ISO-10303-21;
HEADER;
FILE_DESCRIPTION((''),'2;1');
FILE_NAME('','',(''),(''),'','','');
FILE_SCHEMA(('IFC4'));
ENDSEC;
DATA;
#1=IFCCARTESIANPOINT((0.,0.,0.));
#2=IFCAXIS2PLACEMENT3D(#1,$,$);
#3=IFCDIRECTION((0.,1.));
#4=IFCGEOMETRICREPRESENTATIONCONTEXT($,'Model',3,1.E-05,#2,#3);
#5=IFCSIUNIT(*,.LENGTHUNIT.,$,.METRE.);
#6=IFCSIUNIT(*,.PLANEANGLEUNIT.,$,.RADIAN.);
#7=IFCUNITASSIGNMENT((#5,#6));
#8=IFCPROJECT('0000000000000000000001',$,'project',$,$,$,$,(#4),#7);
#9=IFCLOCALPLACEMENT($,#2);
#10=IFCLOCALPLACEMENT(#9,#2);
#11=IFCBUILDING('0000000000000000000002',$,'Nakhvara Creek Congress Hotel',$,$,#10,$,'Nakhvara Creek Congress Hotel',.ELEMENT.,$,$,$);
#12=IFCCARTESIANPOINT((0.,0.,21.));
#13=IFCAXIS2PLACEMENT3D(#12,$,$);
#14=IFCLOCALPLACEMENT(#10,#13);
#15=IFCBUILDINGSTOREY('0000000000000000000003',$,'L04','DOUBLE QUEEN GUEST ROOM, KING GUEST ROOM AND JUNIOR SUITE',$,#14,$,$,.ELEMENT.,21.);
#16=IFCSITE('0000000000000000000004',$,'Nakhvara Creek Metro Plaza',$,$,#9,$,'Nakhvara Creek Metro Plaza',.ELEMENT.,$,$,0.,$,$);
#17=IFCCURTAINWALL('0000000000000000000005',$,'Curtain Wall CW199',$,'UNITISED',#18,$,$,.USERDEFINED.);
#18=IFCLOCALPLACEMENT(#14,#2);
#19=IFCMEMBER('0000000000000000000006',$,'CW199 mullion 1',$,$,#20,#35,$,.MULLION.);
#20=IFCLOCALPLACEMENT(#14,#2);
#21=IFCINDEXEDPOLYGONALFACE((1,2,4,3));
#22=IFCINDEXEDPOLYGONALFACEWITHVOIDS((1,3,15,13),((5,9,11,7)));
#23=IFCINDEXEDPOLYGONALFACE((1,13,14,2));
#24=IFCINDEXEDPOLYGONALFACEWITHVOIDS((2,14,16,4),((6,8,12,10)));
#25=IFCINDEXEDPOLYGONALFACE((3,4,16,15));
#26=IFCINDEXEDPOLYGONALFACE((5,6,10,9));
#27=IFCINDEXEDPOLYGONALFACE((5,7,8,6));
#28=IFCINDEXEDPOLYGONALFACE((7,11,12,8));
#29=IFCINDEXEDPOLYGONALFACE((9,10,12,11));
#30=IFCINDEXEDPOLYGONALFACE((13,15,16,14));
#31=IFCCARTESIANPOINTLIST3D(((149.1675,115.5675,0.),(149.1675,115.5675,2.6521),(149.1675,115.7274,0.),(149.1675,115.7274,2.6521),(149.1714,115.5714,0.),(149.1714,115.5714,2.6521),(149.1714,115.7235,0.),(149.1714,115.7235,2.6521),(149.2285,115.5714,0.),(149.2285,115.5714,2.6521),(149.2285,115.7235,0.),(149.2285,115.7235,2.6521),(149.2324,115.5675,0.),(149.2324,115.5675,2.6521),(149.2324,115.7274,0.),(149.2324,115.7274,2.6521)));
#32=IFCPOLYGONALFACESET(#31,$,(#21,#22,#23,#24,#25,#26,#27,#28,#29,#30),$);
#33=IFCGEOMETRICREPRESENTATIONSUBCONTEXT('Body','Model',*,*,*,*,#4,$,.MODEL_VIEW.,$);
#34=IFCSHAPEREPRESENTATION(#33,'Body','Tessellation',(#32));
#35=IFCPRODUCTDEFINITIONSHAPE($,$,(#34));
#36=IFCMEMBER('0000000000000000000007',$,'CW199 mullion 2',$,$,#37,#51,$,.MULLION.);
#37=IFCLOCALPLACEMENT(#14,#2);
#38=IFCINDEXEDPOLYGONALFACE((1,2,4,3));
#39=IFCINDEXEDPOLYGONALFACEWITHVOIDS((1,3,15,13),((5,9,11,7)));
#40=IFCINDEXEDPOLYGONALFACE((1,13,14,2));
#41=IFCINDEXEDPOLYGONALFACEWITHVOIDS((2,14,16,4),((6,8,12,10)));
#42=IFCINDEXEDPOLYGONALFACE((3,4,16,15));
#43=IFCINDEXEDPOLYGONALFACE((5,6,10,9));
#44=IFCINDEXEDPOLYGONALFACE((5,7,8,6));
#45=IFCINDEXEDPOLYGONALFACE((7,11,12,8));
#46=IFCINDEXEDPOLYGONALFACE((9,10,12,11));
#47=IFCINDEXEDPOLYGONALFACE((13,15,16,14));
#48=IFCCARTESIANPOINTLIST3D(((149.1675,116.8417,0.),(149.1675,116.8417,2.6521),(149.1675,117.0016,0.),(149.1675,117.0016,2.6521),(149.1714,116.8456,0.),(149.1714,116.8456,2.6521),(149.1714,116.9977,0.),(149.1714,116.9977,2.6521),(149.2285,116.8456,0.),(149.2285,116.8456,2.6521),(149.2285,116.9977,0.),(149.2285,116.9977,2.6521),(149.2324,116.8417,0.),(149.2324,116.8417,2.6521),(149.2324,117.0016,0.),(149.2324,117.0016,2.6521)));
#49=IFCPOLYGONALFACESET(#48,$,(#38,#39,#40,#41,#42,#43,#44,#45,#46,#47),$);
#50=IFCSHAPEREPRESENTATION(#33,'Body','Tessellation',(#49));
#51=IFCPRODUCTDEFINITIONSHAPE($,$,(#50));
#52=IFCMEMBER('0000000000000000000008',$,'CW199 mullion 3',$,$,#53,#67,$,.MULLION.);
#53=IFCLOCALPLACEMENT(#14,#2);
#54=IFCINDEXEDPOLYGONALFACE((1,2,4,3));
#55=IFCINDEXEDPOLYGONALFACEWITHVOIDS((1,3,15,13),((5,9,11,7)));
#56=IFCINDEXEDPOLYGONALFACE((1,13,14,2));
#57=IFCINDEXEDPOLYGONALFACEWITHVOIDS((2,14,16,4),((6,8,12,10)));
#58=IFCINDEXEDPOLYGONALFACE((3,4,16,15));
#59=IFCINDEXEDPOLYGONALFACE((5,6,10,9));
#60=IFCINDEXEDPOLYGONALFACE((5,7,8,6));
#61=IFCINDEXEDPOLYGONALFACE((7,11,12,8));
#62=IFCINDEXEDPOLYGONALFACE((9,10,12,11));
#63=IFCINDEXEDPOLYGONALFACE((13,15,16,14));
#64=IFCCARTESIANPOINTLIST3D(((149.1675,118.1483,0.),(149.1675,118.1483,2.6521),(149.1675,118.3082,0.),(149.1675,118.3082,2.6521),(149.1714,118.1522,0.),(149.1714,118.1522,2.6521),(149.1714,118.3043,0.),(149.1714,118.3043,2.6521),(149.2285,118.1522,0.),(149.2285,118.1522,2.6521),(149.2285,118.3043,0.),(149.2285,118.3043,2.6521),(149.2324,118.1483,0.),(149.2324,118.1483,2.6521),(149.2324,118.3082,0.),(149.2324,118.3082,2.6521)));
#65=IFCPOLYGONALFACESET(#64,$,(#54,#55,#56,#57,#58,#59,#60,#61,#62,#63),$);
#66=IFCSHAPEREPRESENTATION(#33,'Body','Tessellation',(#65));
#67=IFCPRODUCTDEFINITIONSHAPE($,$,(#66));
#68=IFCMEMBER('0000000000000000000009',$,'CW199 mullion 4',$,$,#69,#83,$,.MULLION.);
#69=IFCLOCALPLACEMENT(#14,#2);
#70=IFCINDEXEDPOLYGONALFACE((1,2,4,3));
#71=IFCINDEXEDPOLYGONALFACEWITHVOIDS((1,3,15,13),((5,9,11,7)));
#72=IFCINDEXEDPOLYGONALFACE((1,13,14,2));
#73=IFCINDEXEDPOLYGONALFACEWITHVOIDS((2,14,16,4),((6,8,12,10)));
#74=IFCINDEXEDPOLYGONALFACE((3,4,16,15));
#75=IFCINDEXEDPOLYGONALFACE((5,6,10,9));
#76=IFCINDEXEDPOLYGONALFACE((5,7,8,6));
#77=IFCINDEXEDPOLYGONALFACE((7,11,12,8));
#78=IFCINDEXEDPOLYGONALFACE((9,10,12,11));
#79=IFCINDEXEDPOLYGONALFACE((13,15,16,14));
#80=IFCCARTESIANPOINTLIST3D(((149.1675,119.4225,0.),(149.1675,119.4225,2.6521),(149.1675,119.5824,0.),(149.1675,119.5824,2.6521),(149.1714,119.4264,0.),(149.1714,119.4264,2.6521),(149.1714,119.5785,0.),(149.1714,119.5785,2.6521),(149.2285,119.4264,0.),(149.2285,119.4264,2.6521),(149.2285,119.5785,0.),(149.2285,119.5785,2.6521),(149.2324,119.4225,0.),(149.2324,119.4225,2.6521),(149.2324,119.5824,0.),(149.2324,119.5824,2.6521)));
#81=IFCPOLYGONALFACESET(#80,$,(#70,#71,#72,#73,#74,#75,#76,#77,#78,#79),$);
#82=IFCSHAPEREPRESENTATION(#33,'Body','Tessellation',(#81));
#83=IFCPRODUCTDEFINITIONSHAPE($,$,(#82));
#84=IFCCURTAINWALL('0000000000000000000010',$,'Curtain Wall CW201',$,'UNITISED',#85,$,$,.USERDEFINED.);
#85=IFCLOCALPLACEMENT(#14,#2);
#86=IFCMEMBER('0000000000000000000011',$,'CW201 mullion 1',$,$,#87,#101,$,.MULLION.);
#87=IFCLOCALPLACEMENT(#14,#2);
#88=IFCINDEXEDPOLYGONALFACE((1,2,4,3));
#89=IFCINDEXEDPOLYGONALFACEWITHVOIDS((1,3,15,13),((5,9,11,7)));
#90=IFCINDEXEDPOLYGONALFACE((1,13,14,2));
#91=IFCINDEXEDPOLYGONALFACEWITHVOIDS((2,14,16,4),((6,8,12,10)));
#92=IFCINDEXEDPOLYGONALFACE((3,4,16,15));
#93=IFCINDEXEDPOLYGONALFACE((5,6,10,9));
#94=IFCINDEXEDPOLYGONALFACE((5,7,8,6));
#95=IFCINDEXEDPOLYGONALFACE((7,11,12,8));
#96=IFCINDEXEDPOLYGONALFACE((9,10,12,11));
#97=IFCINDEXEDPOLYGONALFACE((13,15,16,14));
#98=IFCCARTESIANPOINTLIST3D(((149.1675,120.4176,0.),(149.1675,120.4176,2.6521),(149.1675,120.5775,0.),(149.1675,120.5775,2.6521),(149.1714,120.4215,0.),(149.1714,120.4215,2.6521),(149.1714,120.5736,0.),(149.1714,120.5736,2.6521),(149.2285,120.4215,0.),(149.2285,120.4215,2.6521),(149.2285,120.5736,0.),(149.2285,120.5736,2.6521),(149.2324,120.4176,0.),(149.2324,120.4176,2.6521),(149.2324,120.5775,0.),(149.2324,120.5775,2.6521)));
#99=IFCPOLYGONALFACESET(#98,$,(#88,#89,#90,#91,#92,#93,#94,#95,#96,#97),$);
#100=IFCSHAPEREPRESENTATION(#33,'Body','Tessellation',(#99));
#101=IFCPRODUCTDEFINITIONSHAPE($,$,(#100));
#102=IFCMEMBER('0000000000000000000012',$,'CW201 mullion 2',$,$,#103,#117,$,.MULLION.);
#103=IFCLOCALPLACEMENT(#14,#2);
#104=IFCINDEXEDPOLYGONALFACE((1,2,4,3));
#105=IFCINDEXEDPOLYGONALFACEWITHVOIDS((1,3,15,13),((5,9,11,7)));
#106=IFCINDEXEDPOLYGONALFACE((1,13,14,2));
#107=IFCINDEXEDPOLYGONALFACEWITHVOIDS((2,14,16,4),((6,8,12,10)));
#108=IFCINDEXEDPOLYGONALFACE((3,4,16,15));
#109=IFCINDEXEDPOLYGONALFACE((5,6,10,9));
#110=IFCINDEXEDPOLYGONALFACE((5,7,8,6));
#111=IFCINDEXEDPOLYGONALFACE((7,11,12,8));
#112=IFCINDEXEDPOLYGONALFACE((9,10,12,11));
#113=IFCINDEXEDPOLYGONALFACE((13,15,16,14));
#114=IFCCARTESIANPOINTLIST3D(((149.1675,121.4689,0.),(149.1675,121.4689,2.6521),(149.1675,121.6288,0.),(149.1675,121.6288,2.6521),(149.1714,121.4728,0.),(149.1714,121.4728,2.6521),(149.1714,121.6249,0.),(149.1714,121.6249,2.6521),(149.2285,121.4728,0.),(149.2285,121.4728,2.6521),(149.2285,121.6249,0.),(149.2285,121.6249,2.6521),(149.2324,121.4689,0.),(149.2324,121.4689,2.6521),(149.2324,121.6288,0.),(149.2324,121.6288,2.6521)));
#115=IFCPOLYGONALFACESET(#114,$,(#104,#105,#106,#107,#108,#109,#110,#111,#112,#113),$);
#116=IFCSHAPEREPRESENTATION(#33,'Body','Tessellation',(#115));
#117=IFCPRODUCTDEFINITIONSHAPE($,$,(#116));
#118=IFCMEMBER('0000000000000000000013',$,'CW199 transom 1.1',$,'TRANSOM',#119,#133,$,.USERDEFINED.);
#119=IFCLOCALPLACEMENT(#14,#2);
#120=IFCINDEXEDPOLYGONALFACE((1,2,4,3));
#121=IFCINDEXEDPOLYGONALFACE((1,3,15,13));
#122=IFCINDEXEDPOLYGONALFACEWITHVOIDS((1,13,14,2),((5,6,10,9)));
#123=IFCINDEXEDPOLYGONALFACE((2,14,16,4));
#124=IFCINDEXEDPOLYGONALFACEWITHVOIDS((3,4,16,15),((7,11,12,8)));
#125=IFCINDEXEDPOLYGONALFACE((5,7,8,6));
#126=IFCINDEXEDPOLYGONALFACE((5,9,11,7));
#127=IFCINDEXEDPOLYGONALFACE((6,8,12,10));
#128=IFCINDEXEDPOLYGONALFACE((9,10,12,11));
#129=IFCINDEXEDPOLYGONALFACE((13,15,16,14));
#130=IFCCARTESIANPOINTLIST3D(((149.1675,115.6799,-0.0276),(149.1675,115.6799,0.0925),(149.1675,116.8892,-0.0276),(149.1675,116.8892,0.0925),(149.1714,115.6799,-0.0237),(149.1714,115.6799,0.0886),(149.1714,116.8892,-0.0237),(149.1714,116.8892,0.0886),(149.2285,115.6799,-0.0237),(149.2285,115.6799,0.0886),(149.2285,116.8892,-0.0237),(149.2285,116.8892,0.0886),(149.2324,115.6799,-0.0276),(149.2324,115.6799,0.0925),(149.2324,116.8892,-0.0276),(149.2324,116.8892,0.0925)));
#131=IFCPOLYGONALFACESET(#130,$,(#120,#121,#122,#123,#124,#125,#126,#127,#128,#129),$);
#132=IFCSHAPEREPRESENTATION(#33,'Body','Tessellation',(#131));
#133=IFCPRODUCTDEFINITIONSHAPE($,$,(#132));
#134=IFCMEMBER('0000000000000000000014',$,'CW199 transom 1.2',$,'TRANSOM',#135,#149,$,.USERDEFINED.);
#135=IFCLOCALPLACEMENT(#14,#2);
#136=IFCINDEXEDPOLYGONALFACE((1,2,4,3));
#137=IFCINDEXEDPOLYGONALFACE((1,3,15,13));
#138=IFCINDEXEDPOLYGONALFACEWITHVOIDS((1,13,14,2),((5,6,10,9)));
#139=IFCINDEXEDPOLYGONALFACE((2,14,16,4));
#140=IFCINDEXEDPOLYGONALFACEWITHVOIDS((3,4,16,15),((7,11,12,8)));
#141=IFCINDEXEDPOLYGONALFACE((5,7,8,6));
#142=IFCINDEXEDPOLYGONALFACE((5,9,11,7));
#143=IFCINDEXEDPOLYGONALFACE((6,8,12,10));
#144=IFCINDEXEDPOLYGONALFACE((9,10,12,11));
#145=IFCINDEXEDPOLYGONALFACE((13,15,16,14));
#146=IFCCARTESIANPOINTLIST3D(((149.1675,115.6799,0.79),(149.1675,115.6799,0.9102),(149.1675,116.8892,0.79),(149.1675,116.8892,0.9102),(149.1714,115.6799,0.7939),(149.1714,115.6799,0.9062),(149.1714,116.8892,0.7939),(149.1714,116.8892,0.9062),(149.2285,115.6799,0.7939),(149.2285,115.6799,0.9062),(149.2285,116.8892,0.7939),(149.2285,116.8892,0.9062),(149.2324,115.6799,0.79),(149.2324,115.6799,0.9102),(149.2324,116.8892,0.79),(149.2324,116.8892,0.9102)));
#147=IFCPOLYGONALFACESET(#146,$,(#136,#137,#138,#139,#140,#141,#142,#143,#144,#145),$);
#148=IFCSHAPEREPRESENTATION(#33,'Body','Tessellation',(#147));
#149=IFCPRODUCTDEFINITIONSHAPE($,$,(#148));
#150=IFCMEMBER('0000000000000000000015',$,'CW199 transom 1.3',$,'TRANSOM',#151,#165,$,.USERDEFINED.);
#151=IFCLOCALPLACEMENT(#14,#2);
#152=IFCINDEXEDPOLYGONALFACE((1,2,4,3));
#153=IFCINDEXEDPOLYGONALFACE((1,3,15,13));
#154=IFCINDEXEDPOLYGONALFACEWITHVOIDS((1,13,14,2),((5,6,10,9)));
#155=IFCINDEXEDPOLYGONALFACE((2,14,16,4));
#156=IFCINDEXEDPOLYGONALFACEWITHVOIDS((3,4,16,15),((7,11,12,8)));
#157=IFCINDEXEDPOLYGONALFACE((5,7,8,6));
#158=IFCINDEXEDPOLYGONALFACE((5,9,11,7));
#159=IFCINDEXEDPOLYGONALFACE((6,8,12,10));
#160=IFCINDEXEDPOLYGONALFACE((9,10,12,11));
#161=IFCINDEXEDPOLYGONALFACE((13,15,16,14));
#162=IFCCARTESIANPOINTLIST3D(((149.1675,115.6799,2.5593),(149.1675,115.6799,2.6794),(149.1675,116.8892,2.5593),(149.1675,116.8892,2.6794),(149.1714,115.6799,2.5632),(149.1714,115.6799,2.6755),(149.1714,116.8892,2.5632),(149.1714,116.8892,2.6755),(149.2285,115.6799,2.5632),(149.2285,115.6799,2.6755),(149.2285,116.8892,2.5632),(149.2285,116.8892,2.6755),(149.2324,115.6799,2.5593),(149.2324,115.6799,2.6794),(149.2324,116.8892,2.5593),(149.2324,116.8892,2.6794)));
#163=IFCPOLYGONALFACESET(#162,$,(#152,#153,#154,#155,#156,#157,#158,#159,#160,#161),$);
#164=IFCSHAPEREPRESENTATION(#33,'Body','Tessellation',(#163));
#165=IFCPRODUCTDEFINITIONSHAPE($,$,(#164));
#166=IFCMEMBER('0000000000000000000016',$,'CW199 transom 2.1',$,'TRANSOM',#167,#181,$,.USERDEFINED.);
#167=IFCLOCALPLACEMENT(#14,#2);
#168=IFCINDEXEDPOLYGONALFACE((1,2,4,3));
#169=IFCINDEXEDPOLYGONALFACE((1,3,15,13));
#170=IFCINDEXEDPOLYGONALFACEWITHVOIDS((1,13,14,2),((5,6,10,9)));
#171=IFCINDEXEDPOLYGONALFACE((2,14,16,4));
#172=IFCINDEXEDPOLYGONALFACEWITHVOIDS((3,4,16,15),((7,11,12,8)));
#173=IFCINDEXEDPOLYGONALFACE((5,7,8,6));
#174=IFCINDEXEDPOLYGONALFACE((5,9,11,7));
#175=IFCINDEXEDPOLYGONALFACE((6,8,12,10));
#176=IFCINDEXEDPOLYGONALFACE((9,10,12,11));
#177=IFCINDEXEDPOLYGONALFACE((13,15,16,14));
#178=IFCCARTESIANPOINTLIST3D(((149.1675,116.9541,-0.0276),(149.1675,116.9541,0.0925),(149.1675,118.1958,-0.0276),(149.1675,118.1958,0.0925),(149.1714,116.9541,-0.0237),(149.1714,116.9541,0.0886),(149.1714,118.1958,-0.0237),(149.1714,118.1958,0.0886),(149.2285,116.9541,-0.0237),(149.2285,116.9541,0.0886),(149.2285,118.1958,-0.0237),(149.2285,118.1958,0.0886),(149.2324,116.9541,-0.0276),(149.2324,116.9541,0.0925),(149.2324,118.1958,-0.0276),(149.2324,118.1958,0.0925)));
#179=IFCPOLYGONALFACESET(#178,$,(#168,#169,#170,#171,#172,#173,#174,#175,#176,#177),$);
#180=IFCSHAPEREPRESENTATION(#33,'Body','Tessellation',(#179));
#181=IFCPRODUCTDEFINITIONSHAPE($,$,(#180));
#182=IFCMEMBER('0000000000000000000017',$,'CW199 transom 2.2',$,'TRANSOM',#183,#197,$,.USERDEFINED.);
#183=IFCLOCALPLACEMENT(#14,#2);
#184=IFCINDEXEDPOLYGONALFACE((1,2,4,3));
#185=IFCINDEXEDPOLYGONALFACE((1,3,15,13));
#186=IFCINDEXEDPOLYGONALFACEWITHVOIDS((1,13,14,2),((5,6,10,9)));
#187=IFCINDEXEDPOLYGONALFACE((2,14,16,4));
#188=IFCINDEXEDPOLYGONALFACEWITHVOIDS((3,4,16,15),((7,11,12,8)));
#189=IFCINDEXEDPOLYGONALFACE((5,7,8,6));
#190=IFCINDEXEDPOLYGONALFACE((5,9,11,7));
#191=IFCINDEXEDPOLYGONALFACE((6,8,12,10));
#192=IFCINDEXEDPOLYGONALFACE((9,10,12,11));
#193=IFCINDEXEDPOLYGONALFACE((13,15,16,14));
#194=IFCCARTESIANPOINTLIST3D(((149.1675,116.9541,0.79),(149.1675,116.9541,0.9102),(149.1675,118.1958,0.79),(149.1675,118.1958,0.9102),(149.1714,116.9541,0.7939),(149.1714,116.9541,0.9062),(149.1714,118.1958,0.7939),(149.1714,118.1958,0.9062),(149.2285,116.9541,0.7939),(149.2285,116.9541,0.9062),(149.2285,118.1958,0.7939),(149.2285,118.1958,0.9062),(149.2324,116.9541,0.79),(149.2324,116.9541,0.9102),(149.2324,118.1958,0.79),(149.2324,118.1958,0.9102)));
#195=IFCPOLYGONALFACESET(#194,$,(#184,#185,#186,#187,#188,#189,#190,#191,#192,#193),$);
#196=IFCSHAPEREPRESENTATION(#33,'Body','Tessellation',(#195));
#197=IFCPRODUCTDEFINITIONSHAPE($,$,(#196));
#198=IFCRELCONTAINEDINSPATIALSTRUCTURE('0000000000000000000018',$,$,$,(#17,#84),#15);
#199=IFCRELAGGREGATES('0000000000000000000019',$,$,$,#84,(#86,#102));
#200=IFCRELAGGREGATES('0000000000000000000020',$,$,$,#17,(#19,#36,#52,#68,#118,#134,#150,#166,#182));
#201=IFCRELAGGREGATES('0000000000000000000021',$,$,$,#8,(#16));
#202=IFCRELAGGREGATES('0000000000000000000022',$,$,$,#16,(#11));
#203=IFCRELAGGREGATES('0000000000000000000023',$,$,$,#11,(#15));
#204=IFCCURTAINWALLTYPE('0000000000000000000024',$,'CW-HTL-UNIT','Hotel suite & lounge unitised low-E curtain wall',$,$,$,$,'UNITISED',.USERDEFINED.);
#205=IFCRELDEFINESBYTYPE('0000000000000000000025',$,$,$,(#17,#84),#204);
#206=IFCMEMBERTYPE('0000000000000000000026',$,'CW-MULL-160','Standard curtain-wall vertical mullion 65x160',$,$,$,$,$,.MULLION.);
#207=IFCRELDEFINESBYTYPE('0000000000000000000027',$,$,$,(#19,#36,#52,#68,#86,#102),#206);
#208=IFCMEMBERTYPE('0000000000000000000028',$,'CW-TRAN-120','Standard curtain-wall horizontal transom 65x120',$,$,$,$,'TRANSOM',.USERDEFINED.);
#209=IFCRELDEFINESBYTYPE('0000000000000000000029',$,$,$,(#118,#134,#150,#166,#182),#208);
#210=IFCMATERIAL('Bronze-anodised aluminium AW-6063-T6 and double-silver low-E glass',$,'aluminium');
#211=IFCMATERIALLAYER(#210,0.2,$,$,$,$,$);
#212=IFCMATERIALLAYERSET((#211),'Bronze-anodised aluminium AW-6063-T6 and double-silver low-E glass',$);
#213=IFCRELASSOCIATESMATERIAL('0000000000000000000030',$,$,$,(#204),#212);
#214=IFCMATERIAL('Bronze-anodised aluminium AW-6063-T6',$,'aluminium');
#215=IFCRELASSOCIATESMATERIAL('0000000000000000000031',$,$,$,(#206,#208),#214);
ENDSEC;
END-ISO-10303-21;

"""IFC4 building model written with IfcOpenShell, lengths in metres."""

from ifc_helpers import new_model, si_unit, direction, frame, origin, origin_2d, place, context, subcontext, project, spatial, hollow_rectangle, extrude, material, layer, layer_set, material_profile, profile_set, type_object, element, aggregate, save


model = new_model("IFC4")

# Units and contexts
model_context = context("Model", 3, precision=1e-05, world=origin(), true_north=direction((0.0, 1.0)))
body_context = subcontext(model_context, "Body", "Model", "MODEL_VIEW")
ifc_project = project(units=[si_unit("LENGTHUNIT", "METRE"), si_unit("PLANEANGLEUNIT", "RADIAN")], contexts=[model_context])

# Site, building, storey
site_placement = place(None, origin())
site = spatial("IfcSite", under=ifc_project, at=site_placement, Name="Nakhvara Creek Metro Plaza", LongName="Nakhvara Creek Metro Plaza", CompositionType="ELEMENT", RefElevation=0.0)
building_placement = place(site_placement, origin())
building = spatial("IfcBuilding", under=site, at=building_placement, Name="Nakhvara Creek Congress Hotel", LongName="Nakhvara Creek Congress Hotel", CompositionType="ELEMENT")
storey_placement = place(building_placement, frame((0.0, 0.0, 21.0)))
storey = spatial("IfcBuildingStorey", under=building, at=storey_placement, Name="L04", Description="DOUBLE QUEEN GUEST ROOM, KING GUEST ROOM AND JUNIOR SUITE", CompositionType="ELEMENT", Elevation=21.0)

# Curtain walls, members
ifc_material_1 = material(Name="Bronze-anodised aluminium AW-6063-T6 and double-silver low-E glass", Category="aluminium")
ifc_layer = layer(ifc_material_1, 0.2)
ifc_layer_set = layer_set([ifc_layer], Name="Bronze-anodised aluminium AW-6063-T6 and double-silver low-E glass")
curtain_wall_type = type_object("IfcCurtainWallType", Name="CW-HTL-UNIT", Description="Hotel suite & lounge unitised low-E curtain wall", ElementType="UNITISED", PredefinedType="USERDEFINED", material=ifc_layer_set)
curtain_wall_1_placement = place(storey_placement, origin())
curtain_wall_1 = element("IfcCurtainWall", 1, at=curtain_wall_1_placement, inside=storey, type_object=curtain_wall_type, Name="Curtain Wall CW199", ObjectType="UNITISED", PredefinedType="USERDEFINED")
ifc_material_2 = material(Name="Bronze-anodised aluminium AW-6063-T6", Category="aluminium")
ifc_material_profile_1 = material_profile(ifc_material_2, hollow_rectangle(XDim=0.0649, YDim=0.1599, WallThickness=0.0039, at=origin_2d()), Name="ALU-MULL 65x160x4", Category="LoadBearing")
ifc_profile_set_1 = profile_set([ifc_material_profile_1], Name="Bronze-anodised aluminium AW-6063-T6")
member_type_1 = type_object("IfcMemberType", Name="CW-MULL-160", Description="Standard curtain-wall vertical mullion 65x160", PredefinedType="MULLION", material=ifc_profile_set_1)
member_1_placement = place(storey_placement, frame((149.2, 115.6475, 0.0), z_axis=(0.0, 0.0, 1.0), x_axis=(-1.0, 0.0, 0.0)))
member_1 = element("IfcMember", 2, at=member_1_placement, type_object=member_type_1, Name="CW199 mullion 1", PredefinedType="MULLION", context=body_context, shape_type="SweptSolid", body=[
    extrude(hollow_rectangle(XDim=0.0649, YDim=0.1599, WallThickness=0.0039, at=origin_2d()), origin(), (0.0, 0.0, 1.0), 2.6521),
])
member_2_placement = place(storey_placement, frame((149.2, 116.9216, 0.0), z_axis=(0.0, 0.0, 1.0), x_axis=(-1.0, 0.0, 0.0)))
member_2 = element("IfcMember", 3, at=member_2_placement, type_object=member_type_1, Name="CW199 mullion 2", PredefinedType="MULLION", context=body_context, shape_type="SweptSolid", body=[
    extrude(hollow_rectangle(XDim=0.0649, YDim=0.1599, WallThickness=0.0039, at=origin_2d()), origin(), (0.0, 0.0, 1.0), 2.6521),
])
member_3_placement = place(storey_placement, frame((149.2, 118.2283, 0.0), z_axis=(0.0, 0.0, 1.0), x_axis=(-1.0, 0.0, 0.0)))
member_3 = element("IfcMember", 4, at=member_3_placement, type_object=member_type_1, Name="CW199 mullion 3", PredefinedType="MULLION", context=body_context, shape_type="SweptSolid", body=[
    extrude(hollow_rectangle(XDim=0.0649, YDim=0.1599, WallThickness=0.0039, at=origin_2d()), origin(), (0.0, 0.0, 1.0), 2.6521),
])
member_4_placement = place(storey_placement, frame((149.2, 119.5024, 0.0), z_axis=(0.0, 0.0, 1.0), x_axis=(-1.0, 0.0, 0.0)))
member_4 = element("IfcMember", 5, at=member_4_placement, type_object=member_type_1, Name="CW199 mullion 4", PredefinedType="MULLION", context=body_context, shape_type="SweptSolid", body=[
    extrude(hollow_rectangle(XDim=0.0649, YDim=0.1599, WallThickness=0.0039, at=origin_2d()), origin(), (0.0, 0.0, 1.0), 2.6521),
])
curtain_wall_2_placement = place(storey_placement, origin())
curtain_wall_2 = element("IfcCurtainWall", 6, at=curtain_wall_2_placement, inside=storey, type_object=curtain_wall_type, Name="Curtain Wall CW201", ObjectType="UNITISED", PredefinedType="USERDEFINED")
member_5_placement = place(storey_placement, frame((149.2, 120.4976, 0.0), z_axis=(0.0, 0.0, 1.0), x_axis=(-1.0, 0.0, 0.0)))
member_5 = element("IfcMember", 7, at=member_5_placement, type_object=member_type_1, Name="CW201 mullion 1", PredefinedType="MULLION", context=body_context, shape_type="SweptSolid", body=[
    extrude(hollow_rectangle(XDim=0.0649, YDim=0.1599, WallThickness=0.0039, at=origin_2d()), origin(), (0.0, 0.0, 1.0), 2.6521),
])
member_6_placement = place(storey_placement, frame((149.2, 121.5488, 0.0), z_axis=(0.0, 0.0, 1.0), x_axis=(-1.0, 0.0, 0.0)))
member_6 = element("IfcMember", 8, at=member_6_placement, type_object=member_type_1, Name="CW201 mullion 2", PredefinedType="MULLION", context=body_context, shape_type="SweptSolid", body=[
    extrude(hollow_rectangle(XDim=0.0649, YDim=0.1599, WallThickness=0.0039, at=origin_2d()), origin(), (0.0, 0.0, 1.0), 2.6521),
])

# Members
ifc_material_profile_2 = material_profile(ifc_material_2, hollow_rectangle(XDim=0.0649, YDim=0.1201, WallThickness=0.0039, at=origin_2d()), Name="ALU-TRAN 65x120x4", Category="LoadBearing")
ifc_profile_set_2 = profile_set([ifc_material_profile_2], Name="Bronze-anodised aluminium AW-6063-T6")
member_type_2 = type_object("IfcMemberType", Name="CW-TRAN-120", Description="Standard curtain-wall horizontal transom 65x120", ElementType="TRANSOM", PredefinedType="USERDEFINED", material=ifc_profile_set_2)
member_7_placement = place(storey_placement, frame((149.2, 115.6799, 0.0325), z_axis=(0.0, 1.0, 0.0), x_axis=(-1.0, 0.0, 0.0)))
member_7 = element("IfcMember", 9, at=member_7_placement, type_object=member_type_2, Name="CW199 transom 1.1", ObjectType="TRANSOM", PredefinedType="USERDEFINED", context=body_context, shape_type="SweptSolid", body=[
    extrude(hollow_rectangle(XDim=0.0649, YDim=0.1201, WallThickness=0.0039, at=origin_2d()), origin(), (0.0, 0.0, 1.0), 1.2092),
])
member_8_placement = place(storey_placement, frame((149.2, 115.6799, 0.8501), z_axis=(0.0, 1.0, 0.0), x_axis=(-1.0, 0.0, 0.0)))
member_8 = element("IfcMember", 10, at=member_8_placement, type_object=member_type_2, Name="CW199 transom 1.2", ObjectType="TRANSOM", PredefinedType="USERDEFINED", context=body_context, shape_type="SweptSolid", body=[
    extrude(hollow_rectangle(XDim=0.0649, YDim=0.1201, WallThickness=0.0039, at=origin_2d()), origin(), (0.0, 0.0, 1.0), 1.2092),
])
member_9_placement = place(storey_placement, frame((149.2, 115.6799, 2.6194), z_axis=(0.0, 1.0, 0.0), x_axis=(-1.0, 0.0, 0.0)))
member_9 = element("IfcMember", 11, at=member_9_placement, type_object=member_type_2, Name="CW199 transom 1.3", ObjectType="TRANSOM", PredefinedType="USERDEFINED", context=body_context, shape_type="SweptSolid", body=[
    extrude(hollow_rectangle(XDim=0.0649, YDim=0.1201, WallThickness=0.0039, at=origin_2d()), origin(), (0.0, 0.0, 1.0), 1.2092),
])
member_10_placement = place(storey_placement, frame((149.2, 116.9541, 0.0325), z_axis=(0.0, 1.0, 0.0), x_axis=(-1.0, 0.0, 0.0)))
member_10 = element("IfcMember", 12, at=member_10_placement, type_object=member_type_2, Name="CW199 transom 2.1", ObjectType="TRANSOM", PredefinedType="USERDEFINED", context=body_context, shape_type="SweptSolid", body=[
    extrude(hollow_rectangle(XDim=0.0649, YDim=0.1201, WallThickness=0.0039, at=origin_2d()), origin(), (0.0, 0.0, 1.0), 1.2417),
])
member_11_placement = place(storey_placement, frame((149.2, 116.9541, 0.8501), z_axis=(0.0, 1.0, 0.0), x_axis=(-1.0, 0.0, 0.0)))
member_11 = element("IfcMember", 13, at=member_11_placement, type_object=member_type_2, Name="CW199 transom 2.2", ObjectType="TRANSOM", PredefinedType="USERDEFINED", context=body_context, shape_type="SweptSolid", body=[
    extrude(hollow_rectangle(XDim=0.0649, YDim=0.1201, WallThickness=0.0039, at=origin_2d()), origin(), (0.0, 0.0, 1.0), 1.2417),
])

aggregate(curtain_wall_2, [member_5, member_6])
aggregate(curtain_wall_1, [member_1, member_2, member_3, member_4, member_7, member_8, member_9, member_10, member_11])

save(model, "model.ifc")
